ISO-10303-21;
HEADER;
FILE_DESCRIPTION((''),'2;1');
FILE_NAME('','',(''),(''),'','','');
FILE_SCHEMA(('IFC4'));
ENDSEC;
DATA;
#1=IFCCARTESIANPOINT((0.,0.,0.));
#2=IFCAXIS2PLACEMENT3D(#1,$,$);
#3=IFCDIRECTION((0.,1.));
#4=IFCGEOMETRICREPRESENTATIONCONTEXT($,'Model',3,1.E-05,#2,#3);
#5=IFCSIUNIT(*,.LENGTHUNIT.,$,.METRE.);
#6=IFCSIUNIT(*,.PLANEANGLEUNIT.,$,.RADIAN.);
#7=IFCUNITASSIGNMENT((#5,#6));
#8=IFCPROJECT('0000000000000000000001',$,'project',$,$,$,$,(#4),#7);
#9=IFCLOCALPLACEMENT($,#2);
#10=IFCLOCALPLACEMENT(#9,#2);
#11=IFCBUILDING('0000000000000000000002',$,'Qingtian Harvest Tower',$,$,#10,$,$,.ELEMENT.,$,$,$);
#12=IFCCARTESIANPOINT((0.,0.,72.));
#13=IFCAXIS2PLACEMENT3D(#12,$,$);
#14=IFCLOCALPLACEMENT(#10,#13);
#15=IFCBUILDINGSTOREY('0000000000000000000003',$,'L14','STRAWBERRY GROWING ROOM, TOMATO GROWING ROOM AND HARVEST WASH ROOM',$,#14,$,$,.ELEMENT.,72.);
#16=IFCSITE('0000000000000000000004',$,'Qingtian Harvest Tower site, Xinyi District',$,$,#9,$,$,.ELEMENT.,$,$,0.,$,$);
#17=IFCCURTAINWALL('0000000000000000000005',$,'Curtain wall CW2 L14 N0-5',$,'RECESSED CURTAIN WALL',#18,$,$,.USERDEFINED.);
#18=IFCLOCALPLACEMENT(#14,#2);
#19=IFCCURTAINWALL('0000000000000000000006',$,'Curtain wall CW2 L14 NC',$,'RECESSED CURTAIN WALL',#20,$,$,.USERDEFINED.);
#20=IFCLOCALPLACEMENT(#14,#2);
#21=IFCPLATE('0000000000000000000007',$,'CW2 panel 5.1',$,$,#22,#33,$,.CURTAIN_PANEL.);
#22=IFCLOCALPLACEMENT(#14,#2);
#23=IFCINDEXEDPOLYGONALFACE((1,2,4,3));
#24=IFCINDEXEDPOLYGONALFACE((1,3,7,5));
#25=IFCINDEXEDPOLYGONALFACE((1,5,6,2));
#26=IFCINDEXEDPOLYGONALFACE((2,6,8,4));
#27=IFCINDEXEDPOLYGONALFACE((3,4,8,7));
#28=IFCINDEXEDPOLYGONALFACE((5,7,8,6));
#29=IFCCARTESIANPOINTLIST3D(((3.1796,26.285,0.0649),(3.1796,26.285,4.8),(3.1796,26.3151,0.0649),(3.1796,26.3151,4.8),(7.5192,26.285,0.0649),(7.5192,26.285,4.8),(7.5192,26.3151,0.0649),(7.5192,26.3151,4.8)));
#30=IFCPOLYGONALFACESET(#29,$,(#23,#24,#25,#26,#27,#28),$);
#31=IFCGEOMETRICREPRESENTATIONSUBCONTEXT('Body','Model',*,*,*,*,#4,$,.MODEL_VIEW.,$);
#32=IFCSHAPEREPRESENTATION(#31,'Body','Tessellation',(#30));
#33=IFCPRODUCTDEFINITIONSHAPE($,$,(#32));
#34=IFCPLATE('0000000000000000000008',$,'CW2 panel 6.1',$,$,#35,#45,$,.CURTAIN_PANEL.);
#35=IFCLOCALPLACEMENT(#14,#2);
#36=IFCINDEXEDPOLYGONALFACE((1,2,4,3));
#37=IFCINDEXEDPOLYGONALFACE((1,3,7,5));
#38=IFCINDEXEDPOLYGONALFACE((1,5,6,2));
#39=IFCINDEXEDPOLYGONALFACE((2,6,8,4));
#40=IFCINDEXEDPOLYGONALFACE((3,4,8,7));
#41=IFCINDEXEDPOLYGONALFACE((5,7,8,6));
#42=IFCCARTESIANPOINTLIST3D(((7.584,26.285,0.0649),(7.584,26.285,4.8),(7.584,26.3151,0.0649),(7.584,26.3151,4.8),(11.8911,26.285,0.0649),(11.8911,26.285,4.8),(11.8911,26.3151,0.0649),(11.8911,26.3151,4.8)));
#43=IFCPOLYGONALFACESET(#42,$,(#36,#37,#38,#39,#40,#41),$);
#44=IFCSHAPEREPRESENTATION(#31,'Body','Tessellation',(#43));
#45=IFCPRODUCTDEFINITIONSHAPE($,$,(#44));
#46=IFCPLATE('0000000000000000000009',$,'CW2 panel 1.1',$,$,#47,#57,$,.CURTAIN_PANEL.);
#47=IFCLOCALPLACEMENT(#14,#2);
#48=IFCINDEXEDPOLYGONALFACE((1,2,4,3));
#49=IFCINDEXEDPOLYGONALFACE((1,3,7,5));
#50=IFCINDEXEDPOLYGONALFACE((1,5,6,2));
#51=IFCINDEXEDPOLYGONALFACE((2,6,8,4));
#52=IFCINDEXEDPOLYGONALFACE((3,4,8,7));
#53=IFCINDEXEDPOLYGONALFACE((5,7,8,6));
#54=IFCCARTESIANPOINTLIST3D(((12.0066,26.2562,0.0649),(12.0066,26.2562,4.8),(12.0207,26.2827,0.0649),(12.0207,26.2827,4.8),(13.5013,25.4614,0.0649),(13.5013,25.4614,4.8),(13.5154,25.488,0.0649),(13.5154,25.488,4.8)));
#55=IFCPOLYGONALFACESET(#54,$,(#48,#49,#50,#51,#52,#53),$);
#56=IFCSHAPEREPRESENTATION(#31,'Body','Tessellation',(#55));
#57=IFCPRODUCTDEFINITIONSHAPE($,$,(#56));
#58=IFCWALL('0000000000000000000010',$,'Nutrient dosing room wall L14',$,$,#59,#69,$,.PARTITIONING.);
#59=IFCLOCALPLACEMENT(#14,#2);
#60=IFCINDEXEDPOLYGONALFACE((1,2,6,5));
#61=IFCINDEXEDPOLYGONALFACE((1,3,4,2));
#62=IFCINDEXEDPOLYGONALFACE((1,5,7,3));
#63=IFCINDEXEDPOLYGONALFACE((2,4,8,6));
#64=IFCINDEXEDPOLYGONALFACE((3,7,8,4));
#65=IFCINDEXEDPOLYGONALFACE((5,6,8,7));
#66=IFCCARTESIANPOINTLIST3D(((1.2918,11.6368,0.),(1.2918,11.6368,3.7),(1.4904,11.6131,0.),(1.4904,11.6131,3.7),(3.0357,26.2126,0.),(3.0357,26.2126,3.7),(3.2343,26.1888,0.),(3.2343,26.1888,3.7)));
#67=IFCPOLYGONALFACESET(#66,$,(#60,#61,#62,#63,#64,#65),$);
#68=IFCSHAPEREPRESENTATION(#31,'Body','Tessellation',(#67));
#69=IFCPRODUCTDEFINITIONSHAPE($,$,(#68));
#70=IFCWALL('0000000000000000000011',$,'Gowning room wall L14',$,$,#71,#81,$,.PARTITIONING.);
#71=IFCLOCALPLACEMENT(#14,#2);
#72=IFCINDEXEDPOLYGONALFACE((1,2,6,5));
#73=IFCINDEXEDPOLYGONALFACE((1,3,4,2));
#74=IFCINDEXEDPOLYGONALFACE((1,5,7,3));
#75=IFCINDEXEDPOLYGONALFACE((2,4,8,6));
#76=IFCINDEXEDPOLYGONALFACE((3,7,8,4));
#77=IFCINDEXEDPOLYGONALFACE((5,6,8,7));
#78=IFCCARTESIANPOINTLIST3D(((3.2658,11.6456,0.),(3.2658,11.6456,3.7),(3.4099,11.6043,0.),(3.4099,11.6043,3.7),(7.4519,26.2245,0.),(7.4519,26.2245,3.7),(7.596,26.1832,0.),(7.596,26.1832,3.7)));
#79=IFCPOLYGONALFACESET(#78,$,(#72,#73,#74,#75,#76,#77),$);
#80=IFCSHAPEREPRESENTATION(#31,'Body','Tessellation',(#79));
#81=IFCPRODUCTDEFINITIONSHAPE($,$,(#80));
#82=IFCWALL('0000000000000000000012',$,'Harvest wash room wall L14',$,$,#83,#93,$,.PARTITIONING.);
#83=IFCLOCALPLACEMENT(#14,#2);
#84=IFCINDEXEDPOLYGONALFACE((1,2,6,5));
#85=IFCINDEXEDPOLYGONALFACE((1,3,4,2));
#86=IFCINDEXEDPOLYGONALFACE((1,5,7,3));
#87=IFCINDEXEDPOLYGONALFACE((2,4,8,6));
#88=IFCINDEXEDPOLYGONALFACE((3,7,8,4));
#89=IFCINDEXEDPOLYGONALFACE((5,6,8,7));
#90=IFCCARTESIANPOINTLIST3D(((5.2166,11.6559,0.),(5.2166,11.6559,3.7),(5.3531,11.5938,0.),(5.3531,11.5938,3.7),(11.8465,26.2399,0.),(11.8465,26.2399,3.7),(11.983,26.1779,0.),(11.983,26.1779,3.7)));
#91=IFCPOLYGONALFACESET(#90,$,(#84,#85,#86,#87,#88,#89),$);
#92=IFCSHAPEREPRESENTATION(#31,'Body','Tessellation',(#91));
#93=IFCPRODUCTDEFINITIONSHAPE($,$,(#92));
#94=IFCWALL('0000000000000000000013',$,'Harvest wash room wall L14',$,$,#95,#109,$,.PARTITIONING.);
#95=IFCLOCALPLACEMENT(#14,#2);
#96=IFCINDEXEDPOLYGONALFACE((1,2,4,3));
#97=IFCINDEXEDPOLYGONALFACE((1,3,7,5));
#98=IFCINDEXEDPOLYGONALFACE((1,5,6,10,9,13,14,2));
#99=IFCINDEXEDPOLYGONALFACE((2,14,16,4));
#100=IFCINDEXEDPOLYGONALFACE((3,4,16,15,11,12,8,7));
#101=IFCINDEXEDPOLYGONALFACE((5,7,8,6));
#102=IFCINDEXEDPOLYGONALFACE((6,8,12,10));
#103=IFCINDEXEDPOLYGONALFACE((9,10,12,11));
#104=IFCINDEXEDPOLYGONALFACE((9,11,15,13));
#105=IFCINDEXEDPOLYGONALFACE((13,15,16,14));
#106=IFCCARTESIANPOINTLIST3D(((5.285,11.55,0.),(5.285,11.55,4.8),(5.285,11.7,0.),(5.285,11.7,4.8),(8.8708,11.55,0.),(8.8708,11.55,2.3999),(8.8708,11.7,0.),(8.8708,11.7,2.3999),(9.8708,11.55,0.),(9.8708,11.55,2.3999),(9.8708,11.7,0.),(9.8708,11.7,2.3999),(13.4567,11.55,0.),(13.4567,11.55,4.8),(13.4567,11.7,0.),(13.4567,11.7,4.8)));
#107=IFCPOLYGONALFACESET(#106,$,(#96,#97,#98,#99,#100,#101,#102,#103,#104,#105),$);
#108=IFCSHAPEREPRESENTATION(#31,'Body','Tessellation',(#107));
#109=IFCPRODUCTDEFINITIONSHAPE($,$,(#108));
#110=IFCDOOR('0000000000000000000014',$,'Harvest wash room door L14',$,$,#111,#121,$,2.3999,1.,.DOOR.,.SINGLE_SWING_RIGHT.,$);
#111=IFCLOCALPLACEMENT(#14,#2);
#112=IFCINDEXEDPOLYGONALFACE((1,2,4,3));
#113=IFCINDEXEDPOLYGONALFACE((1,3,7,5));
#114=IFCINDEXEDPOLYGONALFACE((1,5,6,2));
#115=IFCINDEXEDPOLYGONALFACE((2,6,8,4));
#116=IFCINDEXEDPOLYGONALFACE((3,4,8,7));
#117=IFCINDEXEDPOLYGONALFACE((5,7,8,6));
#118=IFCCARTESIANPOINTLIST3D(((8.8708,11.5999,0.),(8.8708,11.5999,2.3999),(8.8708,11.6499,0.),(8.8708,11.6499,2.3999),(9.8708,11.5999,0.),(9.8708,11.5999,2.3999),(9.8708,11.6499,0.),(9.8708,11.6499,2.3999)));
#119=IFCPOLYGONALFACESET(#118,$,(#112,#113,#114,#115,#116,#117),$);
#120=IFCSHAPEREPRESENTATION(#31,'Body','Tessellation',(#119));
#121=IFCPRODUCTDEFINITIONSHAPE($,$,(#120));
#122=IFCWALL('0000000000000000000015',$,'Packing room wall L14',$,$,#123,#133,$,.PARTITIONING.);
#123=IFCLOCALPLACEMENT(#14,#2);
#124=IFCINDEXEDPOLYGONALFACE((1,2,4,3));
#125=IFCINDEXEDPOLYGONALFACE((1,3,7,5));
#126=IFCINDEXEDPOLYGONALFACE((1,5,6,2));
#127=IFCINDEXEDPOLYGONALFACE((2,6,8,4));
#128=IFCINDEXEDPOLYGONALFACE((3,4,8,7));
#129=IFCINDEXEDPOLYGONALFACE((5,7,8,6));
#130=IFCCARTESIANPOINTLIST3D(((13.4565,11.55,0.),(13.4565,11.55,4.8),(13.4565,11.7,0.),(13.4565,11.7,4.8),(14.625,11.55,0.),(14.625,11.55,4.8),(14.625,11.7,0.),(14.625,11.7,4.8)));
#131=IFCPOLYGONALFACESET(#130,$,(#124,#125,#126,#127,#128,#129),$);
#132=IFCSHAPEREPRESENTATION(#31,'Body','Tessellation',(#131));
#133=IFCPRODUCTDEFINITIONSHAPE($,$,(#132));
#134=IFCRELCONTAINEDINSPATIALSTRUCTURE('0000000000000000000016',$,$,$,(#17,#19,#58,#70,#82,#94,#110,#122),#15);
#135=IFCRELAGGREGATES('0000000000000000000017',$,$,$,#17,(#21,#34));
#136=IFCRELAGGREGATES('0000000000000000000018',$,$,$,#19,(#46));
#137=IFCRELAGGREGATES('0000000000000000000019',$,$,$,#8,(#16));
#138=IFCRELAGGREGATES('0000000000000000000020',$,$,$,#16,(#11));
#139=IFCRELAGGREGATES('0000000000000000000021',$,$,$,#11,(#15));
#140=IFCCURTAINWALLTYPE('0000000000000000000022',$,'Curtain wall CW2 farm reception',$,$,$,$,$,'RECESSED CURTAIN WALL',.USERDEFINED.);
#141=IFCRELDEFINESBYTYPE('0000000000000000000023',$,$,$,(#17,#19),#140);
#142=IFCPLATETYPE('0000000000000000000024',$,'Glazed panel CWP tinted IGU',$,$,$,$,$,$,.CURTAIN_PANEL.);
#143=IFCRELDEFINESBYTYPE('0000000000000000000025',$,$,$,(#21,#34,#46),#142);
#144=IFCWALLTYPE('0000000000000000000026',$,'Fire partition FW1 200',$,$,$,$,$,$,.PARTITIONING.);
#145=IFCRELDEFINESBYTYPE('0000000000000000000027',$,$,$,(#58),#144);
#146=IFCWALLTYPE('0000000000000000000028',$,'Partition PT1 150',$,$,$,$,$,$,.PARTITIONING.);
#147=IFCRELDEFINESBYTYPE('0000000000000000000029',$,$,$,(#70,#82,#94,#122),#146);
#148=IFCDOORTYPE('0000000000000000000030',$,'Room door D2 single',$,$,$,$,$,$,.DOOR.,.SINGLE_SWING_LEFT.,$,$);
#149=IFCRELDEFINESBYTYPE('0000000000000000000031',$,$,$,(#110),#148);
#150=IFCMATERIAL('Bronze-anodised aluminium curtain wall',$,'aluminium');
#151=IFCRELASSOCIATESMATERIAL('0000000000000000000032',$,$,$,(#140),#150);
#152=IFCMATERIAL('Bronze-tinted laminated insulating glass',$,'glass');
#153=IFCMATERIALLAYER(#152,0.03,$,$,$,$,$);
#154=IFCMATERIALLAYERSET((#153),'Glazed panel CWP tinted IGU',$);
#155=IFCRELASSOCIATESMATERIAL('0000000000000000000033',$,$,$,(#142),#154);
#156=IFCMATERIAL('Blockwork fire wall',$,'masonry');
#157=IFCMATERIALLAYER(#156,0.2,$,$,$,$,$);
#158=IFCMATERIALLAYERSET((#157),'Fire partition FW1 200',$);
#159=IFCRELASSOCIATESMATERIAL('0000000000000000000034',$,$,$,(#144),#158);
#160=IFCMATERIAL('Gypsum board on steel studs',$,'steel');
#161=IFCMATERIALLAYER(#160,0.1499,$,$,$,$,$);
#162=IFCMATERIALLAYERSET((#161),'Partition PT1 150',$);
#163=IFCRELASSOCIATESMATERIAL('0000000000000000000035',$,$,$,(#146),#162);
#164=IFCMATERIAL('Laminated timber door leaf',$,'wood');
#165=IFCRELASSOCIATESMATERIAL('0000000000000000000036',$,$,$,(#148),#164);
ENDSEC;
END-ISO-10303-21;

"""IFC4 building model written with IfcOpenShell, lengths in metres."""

from ifc_helpers import new_model, si_unit, direction, frame, frame_2d, origin, origin_2d, place, context, subcontext, project, spatial, rectangle, extrude, material, layer, layer_set, type_object, element, fill, aggregate, save


model = new_model("IFC4")

# Units and contexts
model_context = context("Model", 3, precision=1e-05, world=origin(), true_north=direction((0.0, 1.0)))
body_context = subcontext(model_context, "Body", "Model", "MODEL_VIEW")
ifc_project = project(units=[si_unit("LENGTHUNIT", "METRE"), si_unit("PLANEANGLEUNIT", "RADIAN")], contexts=[model_context])

# Site, building, storey
site_placement = place(None, origin())
site = spatial("IfcSite", under=ifc_project, at=site_placement, Name="Qingtian Harvest Tower site, Xinyi District", CompositionType="ELEMENT", RefElevation=0.0)
building_placement = place(site_placement, origin())
building = spatial("IfcBuilding", under=site, at=building_placement, Name="Qingtian Harvest Tower", CompositionType="ELEMENT")
storey_placement = place(building_placement, frame((0.0, 0.0, 72.0)))
storey = spatial("IfcBuildingStorey", under=building, at=storey_placement, Name="L14", Description="STRAWBERRY GROWING ROOM, TOMATO GROWING ROOM AND HARVEST WASH ROOM", CompositionType="ELEMENT", Elevation=72.0)

# Curtain walls
ifc_material_1 = material(Name="Bronze-anodised aluminium curtain wall", Category="aluminium")
curtain_wall_type = type_object("IfcCurtainWallType", Name="Curtain wall CW2 farm reception", ElementType="RECESSED CURTAIN WALL", PredefinedType="USERDEFINED", material=ifc_material_1)
curtain_wall_1_placement = place(storey_placement, origin())
curtain_wall_1 = element("IfcCurtainWall", 1, at=curtain_wall_1_placement, inside=storey, type_object=curtain_wall_type, Name="Curtain wall CW2 L14 N0-5", ObjectType="RECESSED CURTAIN WALL", PredefinedType="USERDEFINED")
curtain_wall_2_placement = place(storey_placement, origin())
curtain_wall_2 = element("IfcCurtainWall", 2, at=curtain_wall_2_placement, inside=storey, type_object=curtain_wall_type, Name="Curtain wall CW2 L14 NC", ObjectType="RECESSED CURTAIN WALL", PredefinedType="USERDEFINED")

# Plates
ifc_material_2 = material(Name="Bronze-tinted laminated insulating glass", Category="glass")
ifc_layer_1 = layer(ifc_material_2, 0.03)
ifc_layer_set_1 = layer_set([ifc_layer_1], Name="Glazed panel CWP tinted IGU")
plate_type = type_object("IfcPlateType", Name="Glazed panel CWP tinted IGU", PredefinedType="CURTAIN_PANEL", material=ifc_layer_set_1)
plate_1_placement = place(storey_placement, frame((5.3494, 26.3, 0.0649), z_axis=(0.0, 0.0, 1.0), x_axis=(1.0, 0.0, 0.0)))
plate_1 = element("IfcPlate", 3, at=plate_1_placement, type_object=plate_type, Name="CW2 panel 5.1", PredefinedType="CURTAIN_PANEL", context=body_context, shape_type="SweptSolid", body=[
    extrude(rectangle(XDim=4.3396, YDim=0.03, at=origin_2d()), origin(), (0.0, 0.0, 1.0), 4.7351),
])
plate_2_placement = place(storey_placement, frame((9.7375, 26.3, 0.0649), z_axis=(0.0, 0.0, 1.0), x_axis=(1.0, 0.0, 0.0)))
plate_2 = element("IfcPlate", 4, at=plate_2_placement, type_object=plate_type, Name="CW2 panel 6.1", PredefinedType="CURTAIN_PANEL", context=body_context, shape_type="SweptSolid", body=[
    extrude(rectangle(XDim=4.3071, YDim=0.03, at=origin_2d()), origin(), (0.0, 0.0, 1.0), 4.7351),
])
aggregate(curtain_wall_1, [plate_1, plate_2])
plate_3_placement = place(storey_placement, frame((12.761, 25.8721, 0.0649), z_axis=(0.0, 0.0, 1.0), x_axis=(0.882948, -0.469472, 0.0)))
plate_3 = element("IfcPlate", 5, at=plate_3_placement, type_object=plate_type, Name="CW2 panel 1.1", PredefinedType="CURTAIN_PANEL", context=body_context, shape_type="SweptSolid", body=[
    extrude(rectangle(XDim=1.6929, YDim=0.03, at=origin_2d()), origin(), (0.0, 0.0, 1.0), 4.7351),
])
aggregate(curtain_wall_2, [plate_3])

# Walls
ifc_material_3 = material(Name="Blockwork fire wall", Category="masonry")
ifc_layer_2 = layer(ifc_material_3, 0.2)
ifc_layer_set_2 = layer_set([ifc_layer_2], Name="Fire partition FW1 200")
wall_type_1 = type_object("IfcWallType", Name="Fire partition FW1 200", PredefinedType="PARTITIONING", material=ifc_layer_set_2)
wall_1_placement = place(storey_placement, frame((3.135, 26.2007, 0.0), z_axis=(0.0, 0.0, 1.0), x_axis=(-0.118797, -0.992919, 0.0)))
element("IfcWall", 6, at=wall_1_placement, inside=storey, type_object=wall_type_1, Name="Nutrient dosing room wall L14", PredefinedType="PARTITIONING", context=body_context, shape_type="SweptSolid", body=[
    extrude(rectangle(XDim=14.6797, YDim=0.2, at=frame_2d((7.3398, 0.0))), origin(), (0.0, 0.0, 1.0), 3.7),
])
ifc_material_4 = material(Name="Gypsum board on steel studs", Category="steel")
ifc_layer_3 = layer(ifc_material_4, 0.1499)
ifc_layer_set_3 = layer_set([ifc_layer_3], Name="Partition PT1 150")
wall_type_2 = type_object("IfcWallType", Name="Partition PT1 150", PredefinedType="PARTITIONING", material=ifc_layer_set_3)
wall_2_placement = place(storey_placement, frame((7.5239, 26.2039, 0.0), z_axis=(0.0, 0.0, 1.0), x_axis=(-0.275979, -0.961164, 0.0)))
element("IfcWall", 7, at=wall_2_placement, inside=storey, type_object=wall_type_2, Name="Gowning room wall L14", PredefinedType="PARTITIONING", context=body_context, shape_type="SweptSolid", body=[
    extrude(rectangle(XDim=15.168, YDim=0.1499, at=frame_2d((7.584, 0.0))), origin(), (0.0, 0.0, 1.0), 3.7),
])

# Shared definitions
ifc_material_5 = material(Name="Laminated timber door leaf", Category="wood")
door_type = type_object("IfcDoorType", Name="Room door D2 single", OperationType="SINGLE_SWING_LEFT", PredefinedType="DOOR", material=ifc_material_5)

# Wall
wall_3_placement = place(storey_placement, frame((11.9148, 26.209, 0.0), z_axis=(0.0, 0.0, 1.0), x_axis=(-0.413844, -0.910348, 0.0)))
element("IfcWall", 8, at=wall_3_placement, inside=storey, type_object=wall_type_2, Name="Harvest wash room wall L14", PredefinedType="PARTITIONING", context=body_context, shape_type="SweptSolid", body=[
    extrude(rectangle(XDim=16.0203, YDim=0.1499, at=frame_2d((8.0103, 0.0))), origin(), (0.0, 0.0, 1.0), 3.7),
])

# Wall, opening, door
wall_4_placement = place(storey_placement, frame((5.2849, 11.625, 0.0), z_axis=(0.0, 0.0, 1.0), x_axis=(1.0, 0.0, 0.0)))
wall_4 = element("IfcWall", 9, at=wall_4_placement, inside=storey, type_object=wall_type_2, Name="Harvest wash room wall L14", PredefinedType="PARTITIONING", context=body_context, shape_type="SweptSolid", body=[
    extrude(rectangle(XDim=8.1716, YDim=0.1499, at=frame_2d((4.0859, 0.0))), origin(), (0.0, 0.0, 1.0), 4.8),
])
opening_1_placement = place(wall_4_placement, frame((3.5859, 0.0, 0.0)))
opening_1 = element("IfcOpeningElement", 10, at=opening_1_placement, cuts=wall_4, PredefinedType="OPENING", context=body_context, shape_type="SweptSolid", body=[
    extrude(rectangle(XDim=1.0, YDim=2.3999, at=frame_2d((0.5, 1.2))), frame((0.0, 0.085, 0.0), z_axis=(0.0, -1.0, 0.0), x_axis=(1.0, 0.0, 0.0)), (0.0, 0.0, 1.0), 0.1699),
])
door_1_placement = place(opening_1_placement, origin())
door_1 = element("IfcDoor", 11, at=door_1_placement, inside=storey, type_object=door_type, Name="Harvest wash room door L14", OperationType="SINGLE_SWING_RIGHT", OverallHeight=2.3999, OverallWidth=1.0, PredefinedType="DOOR", context=body_context, shape_type="SweptSolid", body=[
    extrude(rectangle(XDim=1.0, YDim=2.3999, at=frame_2d((0.5, 1.2))), frame((0.0, 0.0249, 0.0), z_axis=(0.0, -1.0, 0.0), x_axis=(1.0, 0.0, 0.0)), (0.0, 0.0, 1.0), 0.05),
])
fill(opening_1, door_1)

# Wall
wall_5_placement = place(storey_placement, frame((13.4565, 11.625, 0.0), z_axis=(0.0, 0.0, 1.0), x_axis=(1.0, 0.0, 0.0)))
element("IfcWall", 12, at=wall_5_placement, inside=storey, type_object=wall_type_2, Name="Packing room wall L14", PredefinedType="PARTITIONING", context=body_context, shape_type="SweptSolid", body=[
    extrude(rectangle(XDim=1.1685, YDim=0.1499, at=frame_2d((0.5842, 0.0))), origin(), (0.0, 0.0, 1.0), 4.8),
])

save(model, "model.ifc")
